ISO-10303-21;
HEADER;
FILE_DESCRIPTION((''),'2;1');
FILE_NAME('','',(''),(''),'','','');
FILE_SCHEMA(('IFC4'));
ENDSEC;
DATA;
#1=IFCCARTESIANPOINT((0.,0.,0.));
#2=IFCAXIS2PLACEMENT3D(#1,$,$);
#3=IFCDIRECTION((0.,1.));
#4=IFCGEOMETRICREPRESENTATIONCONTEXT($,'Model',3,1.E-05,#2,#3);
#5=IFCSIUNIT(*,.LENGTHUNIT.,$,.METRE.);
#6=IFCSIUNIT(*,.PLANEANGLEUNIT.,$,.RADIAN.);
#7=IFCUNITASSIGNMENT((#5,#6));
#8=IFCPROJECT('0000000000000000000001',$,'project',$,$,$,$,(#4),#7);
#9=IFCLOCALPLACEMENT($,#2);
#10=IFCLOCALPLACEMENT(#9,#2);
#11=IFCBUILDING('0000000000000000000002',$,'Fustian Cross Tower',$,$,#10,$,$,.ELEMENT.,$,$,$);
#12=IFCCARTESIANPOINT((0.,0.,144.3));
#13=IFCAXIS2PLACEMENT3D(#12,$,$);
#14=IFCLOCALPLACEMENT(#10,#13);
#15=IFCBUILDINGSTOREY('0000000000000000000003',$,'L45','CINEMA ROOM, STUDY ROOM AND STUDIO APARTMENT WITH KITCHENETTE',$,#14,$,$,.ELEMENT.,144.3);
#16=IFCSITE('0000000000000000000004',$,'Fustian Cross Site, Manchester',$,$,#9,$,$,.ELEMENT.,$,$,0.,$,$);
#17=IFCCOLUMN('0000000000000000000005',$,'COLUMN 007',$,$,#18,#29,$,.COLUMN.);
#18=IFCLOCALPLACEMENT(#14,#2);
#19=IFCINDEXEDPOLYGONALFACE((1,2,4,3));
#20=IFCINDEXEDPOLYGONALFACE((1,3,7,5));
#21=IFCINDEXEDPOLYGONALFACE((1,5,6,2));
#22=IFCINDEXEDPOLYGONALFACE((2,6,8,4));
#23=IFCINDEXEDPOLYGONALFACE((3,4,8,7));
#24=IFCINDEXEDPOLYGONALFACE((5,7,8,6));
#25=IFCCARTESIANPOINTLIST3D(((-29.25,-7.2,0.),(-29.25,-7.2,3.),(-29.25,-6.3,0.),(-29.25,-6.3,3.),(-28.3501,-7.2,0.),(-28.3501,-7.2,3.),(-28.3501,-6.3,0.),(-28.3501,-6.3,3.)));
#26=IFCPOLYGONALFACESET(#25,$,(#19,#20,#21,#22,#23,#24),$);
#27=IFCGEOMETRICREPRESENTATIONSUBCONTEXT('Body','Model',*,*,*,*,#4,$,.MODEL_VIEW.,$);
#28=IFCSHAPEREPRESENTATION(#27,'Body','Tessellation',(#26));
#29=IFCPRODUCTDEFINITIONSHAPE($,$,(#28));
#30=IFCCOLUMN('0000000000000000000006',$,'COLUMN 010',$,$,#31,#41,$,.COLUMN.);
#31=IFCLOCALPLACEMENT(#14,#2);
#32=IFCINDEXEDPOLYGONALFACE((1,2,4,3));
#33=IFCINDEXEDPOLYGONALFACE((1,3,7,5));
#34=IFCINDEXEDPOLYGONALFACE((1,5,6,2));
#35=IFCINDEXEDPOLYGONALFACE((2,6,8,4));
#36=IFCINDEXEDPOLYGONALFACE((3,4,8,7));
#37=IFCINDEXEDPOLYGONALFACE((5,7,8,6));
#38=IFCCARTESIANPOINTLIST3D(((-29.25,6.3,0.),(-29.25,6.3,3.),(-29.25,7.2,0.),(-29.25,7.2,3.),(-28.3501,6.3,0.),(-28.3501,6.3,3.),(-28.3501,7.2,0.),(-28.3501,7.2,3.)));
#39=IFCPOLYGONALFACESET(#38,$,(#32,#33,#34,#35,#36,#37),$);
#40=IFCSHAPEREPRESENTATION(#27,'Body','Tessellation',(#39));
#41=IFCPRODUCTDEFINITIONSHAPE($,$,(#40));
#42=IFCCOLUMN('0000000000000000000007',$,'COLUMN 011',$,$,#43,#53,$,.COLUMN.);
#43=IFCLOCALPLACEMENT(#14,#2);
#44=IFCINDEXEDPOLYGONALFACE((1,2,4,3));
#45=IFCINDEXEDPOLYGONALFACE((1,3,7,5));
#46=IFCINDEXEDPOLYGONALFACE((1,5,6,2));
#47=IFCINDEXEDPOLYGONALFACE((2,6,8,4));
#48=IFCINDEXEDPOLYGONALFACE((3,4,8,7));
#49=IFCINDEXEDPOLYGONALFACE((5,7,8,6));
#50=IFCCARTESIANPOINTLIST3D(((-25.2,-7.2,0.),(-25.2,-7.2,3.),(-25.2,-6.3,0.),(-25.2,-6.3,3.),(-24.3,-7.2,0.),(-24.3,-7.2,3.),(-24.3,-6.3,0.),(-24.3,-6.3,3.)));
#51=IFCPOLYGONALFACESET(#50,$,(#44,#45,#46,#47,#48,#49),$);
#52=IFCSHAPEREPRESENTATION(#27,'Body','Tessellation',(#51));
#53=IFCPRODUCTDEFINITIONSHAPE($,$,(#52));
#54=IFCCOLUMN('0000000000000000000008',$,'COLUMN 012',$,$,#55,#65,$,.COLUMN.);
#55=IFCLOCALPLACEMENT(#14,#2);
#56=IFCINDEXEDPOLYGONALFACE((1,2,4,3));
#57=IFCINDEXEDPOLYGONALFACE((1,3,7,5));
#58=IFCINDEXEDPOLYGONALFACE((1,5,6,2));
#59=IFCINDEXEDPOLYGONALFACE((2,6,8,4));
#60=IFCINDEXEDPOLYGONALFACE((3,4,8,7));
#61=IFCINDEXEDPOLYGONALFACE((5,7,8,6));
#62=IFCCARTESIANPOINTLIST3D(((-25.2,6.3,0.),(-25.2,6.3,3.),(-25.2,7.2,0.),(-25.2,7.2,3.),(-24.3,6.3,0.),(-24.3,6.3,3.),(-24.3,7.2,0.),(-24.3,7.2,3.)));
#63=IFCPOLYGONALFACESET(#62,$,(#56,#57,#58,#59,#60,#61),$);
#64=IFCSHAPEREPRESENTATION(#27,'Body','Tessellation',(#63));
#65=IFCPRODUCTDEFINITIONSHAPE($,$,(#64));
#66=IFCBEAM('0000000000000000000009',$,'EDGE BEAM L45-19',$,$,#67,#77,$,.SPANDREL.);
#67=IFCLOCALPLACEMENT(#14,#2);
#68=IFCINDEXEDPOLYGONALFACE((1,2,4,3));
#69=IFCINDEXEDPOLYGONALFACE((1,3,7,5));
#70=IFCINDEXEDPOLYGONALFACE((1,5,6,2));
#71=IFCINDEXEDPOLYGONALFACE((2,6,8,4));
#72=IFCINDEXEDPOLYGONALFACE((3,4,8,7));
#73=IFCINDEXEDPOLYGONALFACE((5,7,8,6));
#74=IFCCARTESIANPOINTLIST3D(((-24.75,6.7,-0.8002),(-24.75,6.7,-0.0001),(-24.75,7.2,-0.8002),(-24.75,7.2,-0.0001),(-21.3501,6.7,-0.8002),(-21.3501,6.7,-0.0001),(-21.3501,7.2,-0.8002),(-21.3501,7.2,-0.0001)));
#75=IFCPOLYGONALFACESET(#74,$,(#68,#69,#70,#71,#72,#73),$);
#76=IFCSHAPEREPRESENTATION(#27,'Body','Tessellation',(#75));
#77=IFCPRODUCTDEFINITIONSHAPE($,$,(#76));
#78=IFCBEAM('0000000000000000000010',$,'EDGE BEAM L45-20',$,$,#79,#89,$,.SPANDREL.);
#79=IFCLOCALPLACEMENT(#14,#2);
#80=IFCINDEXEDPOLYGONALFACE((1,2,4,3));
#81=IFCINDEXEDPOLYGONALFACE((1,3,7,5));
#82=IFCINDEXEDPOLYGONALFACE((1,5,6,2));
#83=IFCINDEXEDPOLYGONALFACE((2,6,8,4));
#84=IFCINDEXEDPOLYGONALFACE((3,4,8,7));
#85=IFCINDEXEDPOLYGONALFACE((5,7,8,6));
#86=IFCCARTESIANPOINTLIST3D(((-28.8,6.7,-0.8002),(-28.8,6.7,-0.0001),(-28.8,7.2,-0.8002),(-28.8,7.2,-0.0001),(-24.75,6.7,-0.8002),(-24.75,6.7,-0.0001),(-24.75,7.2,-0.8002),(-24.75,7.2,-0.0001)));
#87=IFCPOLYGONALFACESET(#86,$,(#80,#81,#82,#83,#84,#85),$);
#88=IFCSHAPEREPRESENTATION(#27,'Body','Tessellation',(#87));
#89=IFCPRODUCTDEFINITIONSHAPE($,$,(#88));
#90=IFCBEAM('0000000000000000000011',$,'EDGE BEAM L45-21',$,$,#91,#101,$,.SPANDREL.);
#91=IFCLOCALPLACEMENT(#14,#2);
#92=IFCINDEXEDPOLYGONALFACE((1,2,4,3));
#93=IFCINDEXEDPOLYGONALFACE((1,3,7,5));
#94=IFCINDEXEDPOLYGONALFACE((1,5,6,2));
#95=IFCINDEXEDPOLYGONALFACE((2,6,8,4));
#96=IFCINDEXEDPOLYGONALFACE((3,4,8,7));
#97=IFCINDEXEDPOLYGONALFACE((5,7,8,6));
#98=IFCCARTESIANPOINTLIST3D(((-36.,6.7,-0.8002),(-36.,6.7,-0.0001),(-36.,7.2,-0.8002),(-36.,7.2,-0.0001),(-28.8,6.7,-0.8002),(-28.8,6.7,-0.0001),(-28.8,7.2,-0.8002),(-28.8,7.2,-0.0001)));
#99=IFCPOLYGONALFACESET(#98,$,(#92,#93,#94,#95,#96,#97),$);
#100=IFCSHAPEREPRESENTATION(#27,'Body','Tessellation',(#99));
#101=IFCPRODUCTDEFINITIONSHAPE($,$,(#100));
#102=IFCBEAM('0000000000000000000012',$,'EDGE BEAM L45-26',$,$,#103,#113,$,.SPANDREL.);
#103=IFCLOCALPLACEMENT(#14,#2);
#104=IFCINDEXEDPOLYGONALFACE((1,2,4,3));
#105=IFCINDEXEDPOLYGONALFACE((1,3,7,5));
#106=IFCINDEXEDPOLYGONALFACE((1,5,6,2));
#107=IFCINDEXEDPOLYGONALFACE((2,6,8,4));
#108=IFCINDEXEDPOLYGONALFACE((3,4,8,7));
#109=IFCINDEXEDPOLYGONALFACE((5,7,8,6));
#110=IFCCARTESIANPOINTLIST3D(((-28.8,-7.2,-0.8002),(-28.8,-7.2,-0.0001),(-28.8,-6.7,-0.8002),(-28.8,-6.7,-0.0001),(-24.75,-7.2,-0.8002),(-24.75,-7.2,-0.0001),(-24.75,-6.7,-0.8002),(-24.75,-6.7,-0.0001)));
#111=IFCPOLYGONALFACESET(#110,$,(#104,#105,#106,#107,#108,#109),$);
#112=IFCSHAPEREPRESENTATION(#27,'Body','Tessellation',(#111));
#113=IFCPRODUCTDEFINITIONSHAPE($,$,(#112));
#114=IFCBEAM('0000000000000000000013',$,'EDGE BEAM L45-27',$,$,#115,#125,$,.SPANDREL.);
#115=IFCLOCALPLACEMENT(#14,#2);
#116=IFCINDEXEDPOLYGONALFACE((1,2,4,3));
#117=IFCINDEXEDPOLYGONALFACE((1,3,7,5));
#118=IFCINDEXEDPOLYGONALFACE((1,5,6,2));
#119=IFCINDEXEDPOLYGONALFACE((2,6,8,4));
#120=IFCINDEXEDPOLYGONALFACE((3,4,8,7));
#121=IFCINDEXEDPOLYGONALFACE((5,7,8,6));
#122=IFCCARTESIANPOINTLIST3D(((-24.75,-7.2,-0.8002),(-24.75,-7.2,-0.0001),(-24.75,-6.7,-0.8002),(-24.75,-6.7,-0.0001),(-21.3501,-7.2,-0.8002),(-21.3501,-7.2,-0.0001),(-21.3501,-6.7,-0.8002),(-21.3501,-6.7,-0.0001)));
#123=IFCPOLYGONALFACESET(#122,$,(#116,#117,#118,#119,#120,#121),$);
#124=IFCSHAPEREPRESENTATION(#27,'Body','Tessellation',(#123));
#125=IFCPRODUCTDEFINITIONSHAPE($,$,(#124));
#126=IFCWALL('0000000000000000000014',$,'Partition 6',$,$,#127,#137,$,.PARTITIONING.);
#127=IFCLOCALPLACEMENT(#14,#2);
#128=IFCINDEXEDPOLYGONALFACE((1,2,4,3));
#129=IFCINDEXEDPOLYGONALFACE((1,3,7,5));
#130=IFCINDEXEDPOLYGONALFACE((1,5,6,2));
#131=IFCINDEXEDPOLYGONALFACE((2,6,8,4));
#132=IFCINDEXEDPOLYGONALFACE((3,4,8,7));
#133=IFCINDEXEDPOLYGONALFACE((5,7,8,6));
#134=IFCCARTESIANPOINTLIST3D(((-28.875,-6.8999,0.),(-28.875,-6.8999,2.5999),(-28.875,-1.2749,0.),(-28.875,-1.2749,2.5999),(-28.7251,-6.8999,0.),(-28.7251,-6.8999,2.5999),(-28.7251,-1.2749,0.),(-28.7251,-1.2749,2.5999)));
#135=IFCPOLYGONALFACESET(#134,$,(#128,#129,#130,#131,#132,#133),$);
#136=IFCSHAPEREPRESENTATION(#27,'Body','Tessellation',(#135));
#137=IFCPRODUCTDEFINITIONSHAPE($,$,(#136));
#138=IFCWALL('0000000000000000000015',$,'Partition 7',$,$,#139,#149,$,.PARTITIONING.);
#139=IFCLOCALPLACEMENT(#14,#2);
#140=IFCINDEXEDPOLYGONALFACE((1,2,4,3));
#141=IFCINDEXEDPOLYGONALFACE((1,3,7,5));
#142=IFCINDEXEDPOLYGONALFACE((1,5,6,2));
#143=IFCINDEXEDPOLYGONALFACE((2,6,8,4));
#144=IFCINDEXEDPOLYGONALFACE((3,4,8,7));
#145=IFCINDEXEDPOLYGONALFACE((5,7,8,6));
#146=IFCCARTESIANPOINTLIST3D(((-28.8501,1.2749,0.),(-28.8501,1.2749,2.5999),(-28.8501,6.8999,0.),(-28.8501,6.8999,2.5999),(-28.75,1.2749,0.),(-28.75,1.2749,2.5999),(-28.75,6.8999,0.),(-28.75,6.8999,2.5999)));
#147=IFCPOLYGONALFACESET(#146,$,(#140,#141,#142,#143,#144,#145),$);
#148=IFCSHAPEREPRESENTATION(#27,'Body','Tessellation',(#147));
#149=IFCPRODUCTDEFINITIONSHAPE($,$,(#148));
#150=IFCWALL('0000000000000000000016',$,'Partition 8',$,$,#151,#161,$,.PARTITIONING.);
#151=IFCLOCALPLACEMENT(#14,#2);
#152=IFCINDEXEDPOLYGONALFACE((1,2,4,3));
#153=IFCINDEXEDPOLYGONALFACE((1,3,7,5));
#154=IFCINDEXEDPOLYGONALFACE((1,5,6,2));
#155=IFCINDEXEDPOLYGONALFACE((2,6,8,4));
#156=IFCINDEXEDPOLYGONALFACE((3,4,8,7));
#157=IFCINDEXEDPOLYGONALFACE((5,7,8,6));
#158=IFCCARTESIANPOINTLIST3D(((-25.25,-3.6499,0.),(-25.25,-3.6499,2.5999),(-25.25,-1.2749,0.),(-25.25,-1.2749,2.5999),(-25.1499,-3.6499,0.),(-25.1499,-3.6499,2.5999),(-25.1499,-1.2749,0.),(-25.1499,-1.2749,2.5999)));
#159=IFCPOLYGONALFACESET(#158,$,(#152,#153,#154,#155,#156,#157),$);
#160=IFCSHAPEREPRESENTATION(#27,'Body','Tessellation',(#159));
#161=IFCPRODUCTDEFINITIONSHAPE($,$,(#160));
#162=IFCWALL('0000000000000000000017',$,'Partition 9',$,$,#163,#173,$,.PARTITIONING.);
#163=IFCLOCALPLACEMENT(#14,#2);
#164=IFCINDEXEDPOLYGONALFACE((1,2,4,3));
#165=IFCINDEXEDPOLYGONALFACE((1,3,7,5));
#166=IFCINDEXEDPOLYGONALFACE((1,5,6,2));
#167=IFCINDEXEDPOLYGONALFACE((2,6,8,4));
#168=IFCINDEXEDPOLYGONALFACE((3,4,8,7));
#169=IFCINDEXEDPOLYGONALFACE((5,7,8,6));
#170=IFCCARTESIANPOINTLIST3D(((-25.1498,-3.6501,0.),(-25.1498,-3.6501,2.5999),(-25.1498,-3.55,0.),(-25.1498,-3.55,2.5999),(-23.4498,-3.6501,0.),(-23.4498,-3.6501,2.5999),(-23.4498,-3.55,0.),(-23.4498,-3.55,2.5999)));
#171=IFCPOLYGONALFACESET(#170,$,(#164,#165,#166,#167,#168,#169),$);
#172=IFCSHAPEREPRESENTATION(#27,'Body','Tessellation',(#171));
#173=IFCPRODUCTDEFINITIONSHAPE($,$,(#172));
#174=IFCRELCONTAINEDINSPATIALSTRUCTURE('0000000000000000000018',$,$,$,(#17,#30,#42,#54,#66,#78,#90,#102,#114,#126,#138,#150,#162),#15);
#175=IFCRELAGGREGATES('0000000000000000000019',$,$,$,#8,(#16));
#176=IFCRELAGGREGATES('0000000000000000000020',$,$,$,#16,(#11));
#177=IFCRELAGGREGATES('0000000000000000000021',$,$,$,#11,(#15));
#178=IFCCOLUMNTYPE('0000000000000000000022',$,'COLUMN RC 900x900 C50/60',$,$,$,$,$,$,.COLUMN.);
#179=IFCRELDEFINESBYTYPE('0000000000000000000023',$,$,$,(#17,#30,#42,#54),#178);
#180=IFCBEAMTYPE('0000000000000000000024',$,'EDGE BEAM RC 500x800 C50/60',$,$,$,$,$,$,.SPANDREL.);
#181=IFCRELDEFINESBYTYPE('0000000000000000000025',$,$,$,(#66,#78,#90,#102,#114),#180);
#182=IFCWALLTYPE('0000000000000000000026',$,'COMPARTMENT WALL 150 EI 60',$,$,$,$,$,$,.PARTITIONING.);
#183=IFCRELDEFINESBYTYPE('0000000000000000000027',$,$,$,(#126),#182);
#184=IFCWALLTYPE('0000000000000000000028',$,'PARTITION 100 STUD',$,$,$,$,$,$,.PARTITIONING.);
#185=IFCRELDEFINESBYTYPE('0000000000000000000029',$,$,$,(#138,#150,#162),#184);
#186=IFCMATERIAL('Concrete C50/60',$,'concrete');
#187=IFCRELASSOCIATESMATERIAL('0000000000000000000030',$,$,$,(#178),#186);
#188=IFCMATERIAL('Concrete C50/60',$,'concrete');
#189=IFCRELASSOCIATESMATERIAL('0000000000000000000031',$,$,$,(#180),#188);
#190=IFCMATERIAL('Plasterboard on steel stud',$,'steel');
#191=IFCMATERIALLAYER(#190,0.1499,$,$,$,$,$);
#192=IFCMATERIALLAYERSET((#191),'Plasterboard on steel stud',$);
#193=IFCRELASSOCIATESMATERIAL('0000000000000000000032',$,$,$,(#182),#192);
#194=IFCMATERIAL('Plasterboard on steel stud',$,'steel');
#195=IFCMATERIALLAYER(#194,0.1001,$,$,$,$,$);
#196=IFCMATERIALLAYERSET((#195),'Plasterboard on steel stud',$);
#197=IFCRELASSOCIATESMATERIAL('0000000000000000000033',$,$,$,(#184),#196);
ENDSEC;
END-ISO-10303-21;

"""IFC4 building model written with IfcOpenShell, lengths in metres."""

from ifc_helpers import new_model, si_unit, direction, frame, frame_2d, origin, origin_2d, place, context, subcontext, project, spatial, rectangle, extrude, material, layer, layer_set, material_profile, profile_set, type_object, element, save


model = new_model("IFC4")

# Units and contexts
model_context = context("Model", 3, precision=1e-05, world=origin(), true_north=direction((0.0, 1.0)))
body_context = subcontext(model_context, "Body", "Model", "MODEL_VIEW")
ifc_project = project(units=[si_unit("LENGTHUNIT", "METRE"), si_unit("PLANEANGLEUNIT", "RADIAN")], contexts=[model_context])

# Site, building, storey
site_placement = place(None, origin())
site = spatial("IfcSite", under=ifc_project, at=site_placement, Name="Fustian Cross Site, Manchester", CompositionType="ELEMENT", RefElevation=0.0)
building_placement = place(site_placement, origin())
building = spatial("IfcBuilding", under=site, at=building_placement, Name="Fustian Cross Tower", CompositionType="ELEMENT")
storey_placement = place(building_placement, frame((0.0, 0.0, 144.3)))
storey = spatial("IfcBuildingStorey", under=building, at=storey_placement, Name="L45", Description="CINEMA ROOM, STUDY ROOM AND STUDIO APARTMENT WITH KITCHENETTE", CompositionType="ELEMENT", Elevation=144.3)

# Columns
ifc_material_1 = material(Name="Concrete C50/60", Category="concrete")
ifc_material_profile_1 = material_profile(ifc_material_1, rectangle(XDim=0.8999, YDim=0.8999, at=origin_2d()), Name="RC 900x900")
ifc_profile_set_1 = profile_set([ifc_material_profile_1], Name="Concrete C50/60")
column_type = type_object("IfcColumnType", Name="COLUMN RC 900x900 C50/60", PredefinedType="COLUMN", material=ifc_profile_set_1)
for number, where, z_axis, x_axis, name in (
    (1, (-28.8, -6.75, 0.0), (0.0, 0.0, 1.0), (1.0, 0.0, 0.0), "COLUMN 007"),
    (2, (-28.8, 6.75, 0.0), (0.0, 0.0, 1.0), (1.0, 0.0, 0.0), "COLUMN 010"),
    (3, (-24.75, -6.75, 0.0), (0.0, 0.0, 1.0), (1.0, 0.0, 0.0), "COLUMN 011"),
    (4, (-24.75, 6.75, 0.0), (0.0, 0.0, 1.0), (1.0, 0.0, 0.0), "COLUMN 012"),
):
    element("IfcColumn", number, at=place(storey_placement, frame(where, z_axis=z_axis, x_axis=x_axis)), inside=storey, type_object=column_type, Name=name, PredefinedType="COLUMN", context=body_context, shape_type="SweptSolid", body=[
        extrude(rectangle(XDim=0.8999, YDim=0.8999, at=origin_2d()), origin(), (0.0, 0.0, 1.0), 3.0),
    ])

# Beams
ifc_material_2 = material(Name="Concrete C50/60", Category="concrete")
ifc_material_profile_2 = material_profile(ifc_material_2, rectangle(XDim=0.5, YDim=0.8, at=origin_2d()), Name="RC 500x800")
ifc_profile_set_2 = profile_set([ifc_material_profile_2], Name="Concrete C50/60")
beam_type = type_object("IfcBeamType", Name="EDGE BEAM RC 500x800 C50/60", PredefinedType="SPANDREL", material=ifc_profile_set_2)
beam_1_placement = place(storey_placement, frame((-21.3501, 6.95, -0.4001), z_axis=(-1.0, 0.0, 0.0), x_axis=(0.0, -1.0, 0.0)))
element("IfcBeam", 5, at=beam_1_placement, inside=storey, type_object=beam_type, Name="EDGE BEAM L45-19", PredefinedType="SPANDREL", context=body_context, shape_type="SweptSolid", body=[
    extrude(rectangle(XDim=0.5, YDim=0.8, at=origin_2d()), origin(), (0.0, 0.0, 1.0), 3.3999),
])
beam_2_placement = place(storey_placement, frame((-24.75, 6.95, -0.4001), z_axis=(-1.0, 0.0, 0.0), x_axis=(0.0, -1.0, 0.0)))
element("IfcBeam", 6, at=beam_2_placement, inside=storey, type_object=beam_type, Name="EDGE BEAM L45-20", PredefinedType="SPANDREL", context=body_context, shape_type="SweptSolid", body=[
    extrude(rectangle(XDim=0.5, YDim=0.8, at=origin_2d()), origin(), (0.0, 0.0, 1.0), 4.05),
])
beam_3_placement = place(storey_placement, frame((-28.8, 6.95, -0.4001), z_axis=(-1.0, 0.0, 0.0), x_axis=(0.0, -1.0, 0.0)))
element("IfcBeam", 7, at=beam_3_placement, inside=storey, type_object=beam_type, Name="EDGE BEAM L45-21", PredefinedType="SPANDREL", context=body_context, shape_type="SweptSolid", body=[
    extrude(rectangle(XDim=0.5, YDim=0.8, at=origin_2d()), origin(), (0.0, 0.0, 1.0), 7.2),
])
beam_4_placement = place(storey_placement, frame((-28.8, -6.95, -0.4001), z_axis=(1.0, 0.0, 0.0), x_axis=(0.0, 1.0, 0.0)))
element("IfcBeam", 8, at=beam_4_placement, inside=storey, type_object=beam_type, Name="EDGE BEAM L45-26", PredefinedType="SPANDREL", context=body_context, shape_type="SweptSolid", body=[
    extrude(rectangle(XDim=0.5, YDim=0.8, at=origin_2d()), origin(), (0.0, 0.0, 1.0), 4.05),
])
beam_5_placement = place(storey_placement, frame((-24.75, -6.95, -0.4001), z_axis=(1.0, 0.0, 0.0), x_axis=(0.0, 1.0, 0.0)))
element("IfcBeam", 9, at=beam_5_placement, inside=storey, type_object=beam_type, Name="EDGE BEAM L45-27", PredefinedType="SPANDREL", context=body_context, shape_type="SweptSolid", body=[
    extrude(rectangle(XDim=0.5, YDim=0.8, at=origin_2d()), origin(), (0.0, 0.0, 1.0), 3.3999),
])

# Walls
ifc_material_3 = material(Name="Plasterboard on steel stud", Category="steel")
ifc_layer_1 = layer(ifc_material_3, 0.1499)
ifc_layer_set_1 = layer_set([ifc_layer_1], Name="Plasterboard on steel stud")
wall_type_1 = type_object("IfcWallType", Name="COMPARTMENT WALL 150 EI 60", PredefinedType="PARTITIONING", material=ifc_layer_set_1)
wall_1_placement = place(storey_placement, frame((-28.8, -6.8999, 0.0), z_axis=(0.0, 0.0, 1.0), x_axis=(0.0, 1.0, 0.0)))
element("IfcWall", 10, at=wall_1_placement, inside=storey, type_object=wall_type_1, Name="Partition 6", PredefinedType="PARTITIONING", context=body_context, shape_type="SweptSolid", body=[
    extrude(rectangle(XDim=5.625, YDim=0.1499, at=frame_2d((2.8125, 0.0))), origin(), (0.0, 0.0, 1.0), 2.5999),
])
ifc_material_4 = material(Name="Plasterboard on steel stud", Category="steel")
ifc_layer_2 = layer(ifc_material_4, 0.1001)
ifc_layer_set_2 = layer_set([ifc_layer_2], Name="Plasterboard on steel stud")
wall_type_2 = type_object("IfcWallType", Name="PARTITION 100 STUD", PredefinedType="PARTITIONING", material=ifc_layer_set_2)
wall_2_placement = place(storey_placement, frame((-28.8, 1.2749, 0.0), z_axis=(0.0, 0.0, 1.0), x_axis=(0.0, 1.0, 0.0)))
element("IfcWall", 11, at=wall_2_placement, inside=storey, type_object=wall_type_2, Name="Partition 7", PredefinedType="PARTITIONING", context=body_context, shape_type="SweptSolid", body=[
    extrude(rectangle(XDim=5.625, YDim=0.1001, at=frame_2d((2.8125, 0.0))), origin(), (0.0, 0.0, 1.0), 2.5999),
])
wall_3_placement = place(storey_placement, frame((-25.2, -3.6499, 0.0), z_axis=(0.0, 0.0, 1.0), x_axis=(0.0, 1.0, 0.0)))
element("IfcWall", 12, at=wall_3_placement, inside=storey, type_object=wall_type_2, Name="Partition 8", PredefinedType="PARTITIONING", context=body_context, shape_type="SweptSolid", body=[
    extrude(rectangle(XDim=2.375, YDim=0.1001, at=frame_2d((1.1875, 0.0))), origin(), (0.0, 0.0, 1.0), 2.5999),
])
wall_4_placement = place(storey_placement, frame((-25.1499, -3.6001, 0.0), z_axis=(0.0, 0.0, 1.0), x_axis=(1.0, 0.0, 0.0)))
element("IfcWall", 13, at=wall_4_placement, inside=storey, type_object=wall_type_2, Name="Partition 9", PredefinedType="PARTITIONING", context=body_context, shape_type="SweptSolid", body=[
    extrude(rectangle(XDim=1.7, YDim=0.1001, at=frame_2d((0.8501, 0.0))), origin(), (0.0, 0.0, 1.0), 2.5999),
])

save(model, "model.ifc")
